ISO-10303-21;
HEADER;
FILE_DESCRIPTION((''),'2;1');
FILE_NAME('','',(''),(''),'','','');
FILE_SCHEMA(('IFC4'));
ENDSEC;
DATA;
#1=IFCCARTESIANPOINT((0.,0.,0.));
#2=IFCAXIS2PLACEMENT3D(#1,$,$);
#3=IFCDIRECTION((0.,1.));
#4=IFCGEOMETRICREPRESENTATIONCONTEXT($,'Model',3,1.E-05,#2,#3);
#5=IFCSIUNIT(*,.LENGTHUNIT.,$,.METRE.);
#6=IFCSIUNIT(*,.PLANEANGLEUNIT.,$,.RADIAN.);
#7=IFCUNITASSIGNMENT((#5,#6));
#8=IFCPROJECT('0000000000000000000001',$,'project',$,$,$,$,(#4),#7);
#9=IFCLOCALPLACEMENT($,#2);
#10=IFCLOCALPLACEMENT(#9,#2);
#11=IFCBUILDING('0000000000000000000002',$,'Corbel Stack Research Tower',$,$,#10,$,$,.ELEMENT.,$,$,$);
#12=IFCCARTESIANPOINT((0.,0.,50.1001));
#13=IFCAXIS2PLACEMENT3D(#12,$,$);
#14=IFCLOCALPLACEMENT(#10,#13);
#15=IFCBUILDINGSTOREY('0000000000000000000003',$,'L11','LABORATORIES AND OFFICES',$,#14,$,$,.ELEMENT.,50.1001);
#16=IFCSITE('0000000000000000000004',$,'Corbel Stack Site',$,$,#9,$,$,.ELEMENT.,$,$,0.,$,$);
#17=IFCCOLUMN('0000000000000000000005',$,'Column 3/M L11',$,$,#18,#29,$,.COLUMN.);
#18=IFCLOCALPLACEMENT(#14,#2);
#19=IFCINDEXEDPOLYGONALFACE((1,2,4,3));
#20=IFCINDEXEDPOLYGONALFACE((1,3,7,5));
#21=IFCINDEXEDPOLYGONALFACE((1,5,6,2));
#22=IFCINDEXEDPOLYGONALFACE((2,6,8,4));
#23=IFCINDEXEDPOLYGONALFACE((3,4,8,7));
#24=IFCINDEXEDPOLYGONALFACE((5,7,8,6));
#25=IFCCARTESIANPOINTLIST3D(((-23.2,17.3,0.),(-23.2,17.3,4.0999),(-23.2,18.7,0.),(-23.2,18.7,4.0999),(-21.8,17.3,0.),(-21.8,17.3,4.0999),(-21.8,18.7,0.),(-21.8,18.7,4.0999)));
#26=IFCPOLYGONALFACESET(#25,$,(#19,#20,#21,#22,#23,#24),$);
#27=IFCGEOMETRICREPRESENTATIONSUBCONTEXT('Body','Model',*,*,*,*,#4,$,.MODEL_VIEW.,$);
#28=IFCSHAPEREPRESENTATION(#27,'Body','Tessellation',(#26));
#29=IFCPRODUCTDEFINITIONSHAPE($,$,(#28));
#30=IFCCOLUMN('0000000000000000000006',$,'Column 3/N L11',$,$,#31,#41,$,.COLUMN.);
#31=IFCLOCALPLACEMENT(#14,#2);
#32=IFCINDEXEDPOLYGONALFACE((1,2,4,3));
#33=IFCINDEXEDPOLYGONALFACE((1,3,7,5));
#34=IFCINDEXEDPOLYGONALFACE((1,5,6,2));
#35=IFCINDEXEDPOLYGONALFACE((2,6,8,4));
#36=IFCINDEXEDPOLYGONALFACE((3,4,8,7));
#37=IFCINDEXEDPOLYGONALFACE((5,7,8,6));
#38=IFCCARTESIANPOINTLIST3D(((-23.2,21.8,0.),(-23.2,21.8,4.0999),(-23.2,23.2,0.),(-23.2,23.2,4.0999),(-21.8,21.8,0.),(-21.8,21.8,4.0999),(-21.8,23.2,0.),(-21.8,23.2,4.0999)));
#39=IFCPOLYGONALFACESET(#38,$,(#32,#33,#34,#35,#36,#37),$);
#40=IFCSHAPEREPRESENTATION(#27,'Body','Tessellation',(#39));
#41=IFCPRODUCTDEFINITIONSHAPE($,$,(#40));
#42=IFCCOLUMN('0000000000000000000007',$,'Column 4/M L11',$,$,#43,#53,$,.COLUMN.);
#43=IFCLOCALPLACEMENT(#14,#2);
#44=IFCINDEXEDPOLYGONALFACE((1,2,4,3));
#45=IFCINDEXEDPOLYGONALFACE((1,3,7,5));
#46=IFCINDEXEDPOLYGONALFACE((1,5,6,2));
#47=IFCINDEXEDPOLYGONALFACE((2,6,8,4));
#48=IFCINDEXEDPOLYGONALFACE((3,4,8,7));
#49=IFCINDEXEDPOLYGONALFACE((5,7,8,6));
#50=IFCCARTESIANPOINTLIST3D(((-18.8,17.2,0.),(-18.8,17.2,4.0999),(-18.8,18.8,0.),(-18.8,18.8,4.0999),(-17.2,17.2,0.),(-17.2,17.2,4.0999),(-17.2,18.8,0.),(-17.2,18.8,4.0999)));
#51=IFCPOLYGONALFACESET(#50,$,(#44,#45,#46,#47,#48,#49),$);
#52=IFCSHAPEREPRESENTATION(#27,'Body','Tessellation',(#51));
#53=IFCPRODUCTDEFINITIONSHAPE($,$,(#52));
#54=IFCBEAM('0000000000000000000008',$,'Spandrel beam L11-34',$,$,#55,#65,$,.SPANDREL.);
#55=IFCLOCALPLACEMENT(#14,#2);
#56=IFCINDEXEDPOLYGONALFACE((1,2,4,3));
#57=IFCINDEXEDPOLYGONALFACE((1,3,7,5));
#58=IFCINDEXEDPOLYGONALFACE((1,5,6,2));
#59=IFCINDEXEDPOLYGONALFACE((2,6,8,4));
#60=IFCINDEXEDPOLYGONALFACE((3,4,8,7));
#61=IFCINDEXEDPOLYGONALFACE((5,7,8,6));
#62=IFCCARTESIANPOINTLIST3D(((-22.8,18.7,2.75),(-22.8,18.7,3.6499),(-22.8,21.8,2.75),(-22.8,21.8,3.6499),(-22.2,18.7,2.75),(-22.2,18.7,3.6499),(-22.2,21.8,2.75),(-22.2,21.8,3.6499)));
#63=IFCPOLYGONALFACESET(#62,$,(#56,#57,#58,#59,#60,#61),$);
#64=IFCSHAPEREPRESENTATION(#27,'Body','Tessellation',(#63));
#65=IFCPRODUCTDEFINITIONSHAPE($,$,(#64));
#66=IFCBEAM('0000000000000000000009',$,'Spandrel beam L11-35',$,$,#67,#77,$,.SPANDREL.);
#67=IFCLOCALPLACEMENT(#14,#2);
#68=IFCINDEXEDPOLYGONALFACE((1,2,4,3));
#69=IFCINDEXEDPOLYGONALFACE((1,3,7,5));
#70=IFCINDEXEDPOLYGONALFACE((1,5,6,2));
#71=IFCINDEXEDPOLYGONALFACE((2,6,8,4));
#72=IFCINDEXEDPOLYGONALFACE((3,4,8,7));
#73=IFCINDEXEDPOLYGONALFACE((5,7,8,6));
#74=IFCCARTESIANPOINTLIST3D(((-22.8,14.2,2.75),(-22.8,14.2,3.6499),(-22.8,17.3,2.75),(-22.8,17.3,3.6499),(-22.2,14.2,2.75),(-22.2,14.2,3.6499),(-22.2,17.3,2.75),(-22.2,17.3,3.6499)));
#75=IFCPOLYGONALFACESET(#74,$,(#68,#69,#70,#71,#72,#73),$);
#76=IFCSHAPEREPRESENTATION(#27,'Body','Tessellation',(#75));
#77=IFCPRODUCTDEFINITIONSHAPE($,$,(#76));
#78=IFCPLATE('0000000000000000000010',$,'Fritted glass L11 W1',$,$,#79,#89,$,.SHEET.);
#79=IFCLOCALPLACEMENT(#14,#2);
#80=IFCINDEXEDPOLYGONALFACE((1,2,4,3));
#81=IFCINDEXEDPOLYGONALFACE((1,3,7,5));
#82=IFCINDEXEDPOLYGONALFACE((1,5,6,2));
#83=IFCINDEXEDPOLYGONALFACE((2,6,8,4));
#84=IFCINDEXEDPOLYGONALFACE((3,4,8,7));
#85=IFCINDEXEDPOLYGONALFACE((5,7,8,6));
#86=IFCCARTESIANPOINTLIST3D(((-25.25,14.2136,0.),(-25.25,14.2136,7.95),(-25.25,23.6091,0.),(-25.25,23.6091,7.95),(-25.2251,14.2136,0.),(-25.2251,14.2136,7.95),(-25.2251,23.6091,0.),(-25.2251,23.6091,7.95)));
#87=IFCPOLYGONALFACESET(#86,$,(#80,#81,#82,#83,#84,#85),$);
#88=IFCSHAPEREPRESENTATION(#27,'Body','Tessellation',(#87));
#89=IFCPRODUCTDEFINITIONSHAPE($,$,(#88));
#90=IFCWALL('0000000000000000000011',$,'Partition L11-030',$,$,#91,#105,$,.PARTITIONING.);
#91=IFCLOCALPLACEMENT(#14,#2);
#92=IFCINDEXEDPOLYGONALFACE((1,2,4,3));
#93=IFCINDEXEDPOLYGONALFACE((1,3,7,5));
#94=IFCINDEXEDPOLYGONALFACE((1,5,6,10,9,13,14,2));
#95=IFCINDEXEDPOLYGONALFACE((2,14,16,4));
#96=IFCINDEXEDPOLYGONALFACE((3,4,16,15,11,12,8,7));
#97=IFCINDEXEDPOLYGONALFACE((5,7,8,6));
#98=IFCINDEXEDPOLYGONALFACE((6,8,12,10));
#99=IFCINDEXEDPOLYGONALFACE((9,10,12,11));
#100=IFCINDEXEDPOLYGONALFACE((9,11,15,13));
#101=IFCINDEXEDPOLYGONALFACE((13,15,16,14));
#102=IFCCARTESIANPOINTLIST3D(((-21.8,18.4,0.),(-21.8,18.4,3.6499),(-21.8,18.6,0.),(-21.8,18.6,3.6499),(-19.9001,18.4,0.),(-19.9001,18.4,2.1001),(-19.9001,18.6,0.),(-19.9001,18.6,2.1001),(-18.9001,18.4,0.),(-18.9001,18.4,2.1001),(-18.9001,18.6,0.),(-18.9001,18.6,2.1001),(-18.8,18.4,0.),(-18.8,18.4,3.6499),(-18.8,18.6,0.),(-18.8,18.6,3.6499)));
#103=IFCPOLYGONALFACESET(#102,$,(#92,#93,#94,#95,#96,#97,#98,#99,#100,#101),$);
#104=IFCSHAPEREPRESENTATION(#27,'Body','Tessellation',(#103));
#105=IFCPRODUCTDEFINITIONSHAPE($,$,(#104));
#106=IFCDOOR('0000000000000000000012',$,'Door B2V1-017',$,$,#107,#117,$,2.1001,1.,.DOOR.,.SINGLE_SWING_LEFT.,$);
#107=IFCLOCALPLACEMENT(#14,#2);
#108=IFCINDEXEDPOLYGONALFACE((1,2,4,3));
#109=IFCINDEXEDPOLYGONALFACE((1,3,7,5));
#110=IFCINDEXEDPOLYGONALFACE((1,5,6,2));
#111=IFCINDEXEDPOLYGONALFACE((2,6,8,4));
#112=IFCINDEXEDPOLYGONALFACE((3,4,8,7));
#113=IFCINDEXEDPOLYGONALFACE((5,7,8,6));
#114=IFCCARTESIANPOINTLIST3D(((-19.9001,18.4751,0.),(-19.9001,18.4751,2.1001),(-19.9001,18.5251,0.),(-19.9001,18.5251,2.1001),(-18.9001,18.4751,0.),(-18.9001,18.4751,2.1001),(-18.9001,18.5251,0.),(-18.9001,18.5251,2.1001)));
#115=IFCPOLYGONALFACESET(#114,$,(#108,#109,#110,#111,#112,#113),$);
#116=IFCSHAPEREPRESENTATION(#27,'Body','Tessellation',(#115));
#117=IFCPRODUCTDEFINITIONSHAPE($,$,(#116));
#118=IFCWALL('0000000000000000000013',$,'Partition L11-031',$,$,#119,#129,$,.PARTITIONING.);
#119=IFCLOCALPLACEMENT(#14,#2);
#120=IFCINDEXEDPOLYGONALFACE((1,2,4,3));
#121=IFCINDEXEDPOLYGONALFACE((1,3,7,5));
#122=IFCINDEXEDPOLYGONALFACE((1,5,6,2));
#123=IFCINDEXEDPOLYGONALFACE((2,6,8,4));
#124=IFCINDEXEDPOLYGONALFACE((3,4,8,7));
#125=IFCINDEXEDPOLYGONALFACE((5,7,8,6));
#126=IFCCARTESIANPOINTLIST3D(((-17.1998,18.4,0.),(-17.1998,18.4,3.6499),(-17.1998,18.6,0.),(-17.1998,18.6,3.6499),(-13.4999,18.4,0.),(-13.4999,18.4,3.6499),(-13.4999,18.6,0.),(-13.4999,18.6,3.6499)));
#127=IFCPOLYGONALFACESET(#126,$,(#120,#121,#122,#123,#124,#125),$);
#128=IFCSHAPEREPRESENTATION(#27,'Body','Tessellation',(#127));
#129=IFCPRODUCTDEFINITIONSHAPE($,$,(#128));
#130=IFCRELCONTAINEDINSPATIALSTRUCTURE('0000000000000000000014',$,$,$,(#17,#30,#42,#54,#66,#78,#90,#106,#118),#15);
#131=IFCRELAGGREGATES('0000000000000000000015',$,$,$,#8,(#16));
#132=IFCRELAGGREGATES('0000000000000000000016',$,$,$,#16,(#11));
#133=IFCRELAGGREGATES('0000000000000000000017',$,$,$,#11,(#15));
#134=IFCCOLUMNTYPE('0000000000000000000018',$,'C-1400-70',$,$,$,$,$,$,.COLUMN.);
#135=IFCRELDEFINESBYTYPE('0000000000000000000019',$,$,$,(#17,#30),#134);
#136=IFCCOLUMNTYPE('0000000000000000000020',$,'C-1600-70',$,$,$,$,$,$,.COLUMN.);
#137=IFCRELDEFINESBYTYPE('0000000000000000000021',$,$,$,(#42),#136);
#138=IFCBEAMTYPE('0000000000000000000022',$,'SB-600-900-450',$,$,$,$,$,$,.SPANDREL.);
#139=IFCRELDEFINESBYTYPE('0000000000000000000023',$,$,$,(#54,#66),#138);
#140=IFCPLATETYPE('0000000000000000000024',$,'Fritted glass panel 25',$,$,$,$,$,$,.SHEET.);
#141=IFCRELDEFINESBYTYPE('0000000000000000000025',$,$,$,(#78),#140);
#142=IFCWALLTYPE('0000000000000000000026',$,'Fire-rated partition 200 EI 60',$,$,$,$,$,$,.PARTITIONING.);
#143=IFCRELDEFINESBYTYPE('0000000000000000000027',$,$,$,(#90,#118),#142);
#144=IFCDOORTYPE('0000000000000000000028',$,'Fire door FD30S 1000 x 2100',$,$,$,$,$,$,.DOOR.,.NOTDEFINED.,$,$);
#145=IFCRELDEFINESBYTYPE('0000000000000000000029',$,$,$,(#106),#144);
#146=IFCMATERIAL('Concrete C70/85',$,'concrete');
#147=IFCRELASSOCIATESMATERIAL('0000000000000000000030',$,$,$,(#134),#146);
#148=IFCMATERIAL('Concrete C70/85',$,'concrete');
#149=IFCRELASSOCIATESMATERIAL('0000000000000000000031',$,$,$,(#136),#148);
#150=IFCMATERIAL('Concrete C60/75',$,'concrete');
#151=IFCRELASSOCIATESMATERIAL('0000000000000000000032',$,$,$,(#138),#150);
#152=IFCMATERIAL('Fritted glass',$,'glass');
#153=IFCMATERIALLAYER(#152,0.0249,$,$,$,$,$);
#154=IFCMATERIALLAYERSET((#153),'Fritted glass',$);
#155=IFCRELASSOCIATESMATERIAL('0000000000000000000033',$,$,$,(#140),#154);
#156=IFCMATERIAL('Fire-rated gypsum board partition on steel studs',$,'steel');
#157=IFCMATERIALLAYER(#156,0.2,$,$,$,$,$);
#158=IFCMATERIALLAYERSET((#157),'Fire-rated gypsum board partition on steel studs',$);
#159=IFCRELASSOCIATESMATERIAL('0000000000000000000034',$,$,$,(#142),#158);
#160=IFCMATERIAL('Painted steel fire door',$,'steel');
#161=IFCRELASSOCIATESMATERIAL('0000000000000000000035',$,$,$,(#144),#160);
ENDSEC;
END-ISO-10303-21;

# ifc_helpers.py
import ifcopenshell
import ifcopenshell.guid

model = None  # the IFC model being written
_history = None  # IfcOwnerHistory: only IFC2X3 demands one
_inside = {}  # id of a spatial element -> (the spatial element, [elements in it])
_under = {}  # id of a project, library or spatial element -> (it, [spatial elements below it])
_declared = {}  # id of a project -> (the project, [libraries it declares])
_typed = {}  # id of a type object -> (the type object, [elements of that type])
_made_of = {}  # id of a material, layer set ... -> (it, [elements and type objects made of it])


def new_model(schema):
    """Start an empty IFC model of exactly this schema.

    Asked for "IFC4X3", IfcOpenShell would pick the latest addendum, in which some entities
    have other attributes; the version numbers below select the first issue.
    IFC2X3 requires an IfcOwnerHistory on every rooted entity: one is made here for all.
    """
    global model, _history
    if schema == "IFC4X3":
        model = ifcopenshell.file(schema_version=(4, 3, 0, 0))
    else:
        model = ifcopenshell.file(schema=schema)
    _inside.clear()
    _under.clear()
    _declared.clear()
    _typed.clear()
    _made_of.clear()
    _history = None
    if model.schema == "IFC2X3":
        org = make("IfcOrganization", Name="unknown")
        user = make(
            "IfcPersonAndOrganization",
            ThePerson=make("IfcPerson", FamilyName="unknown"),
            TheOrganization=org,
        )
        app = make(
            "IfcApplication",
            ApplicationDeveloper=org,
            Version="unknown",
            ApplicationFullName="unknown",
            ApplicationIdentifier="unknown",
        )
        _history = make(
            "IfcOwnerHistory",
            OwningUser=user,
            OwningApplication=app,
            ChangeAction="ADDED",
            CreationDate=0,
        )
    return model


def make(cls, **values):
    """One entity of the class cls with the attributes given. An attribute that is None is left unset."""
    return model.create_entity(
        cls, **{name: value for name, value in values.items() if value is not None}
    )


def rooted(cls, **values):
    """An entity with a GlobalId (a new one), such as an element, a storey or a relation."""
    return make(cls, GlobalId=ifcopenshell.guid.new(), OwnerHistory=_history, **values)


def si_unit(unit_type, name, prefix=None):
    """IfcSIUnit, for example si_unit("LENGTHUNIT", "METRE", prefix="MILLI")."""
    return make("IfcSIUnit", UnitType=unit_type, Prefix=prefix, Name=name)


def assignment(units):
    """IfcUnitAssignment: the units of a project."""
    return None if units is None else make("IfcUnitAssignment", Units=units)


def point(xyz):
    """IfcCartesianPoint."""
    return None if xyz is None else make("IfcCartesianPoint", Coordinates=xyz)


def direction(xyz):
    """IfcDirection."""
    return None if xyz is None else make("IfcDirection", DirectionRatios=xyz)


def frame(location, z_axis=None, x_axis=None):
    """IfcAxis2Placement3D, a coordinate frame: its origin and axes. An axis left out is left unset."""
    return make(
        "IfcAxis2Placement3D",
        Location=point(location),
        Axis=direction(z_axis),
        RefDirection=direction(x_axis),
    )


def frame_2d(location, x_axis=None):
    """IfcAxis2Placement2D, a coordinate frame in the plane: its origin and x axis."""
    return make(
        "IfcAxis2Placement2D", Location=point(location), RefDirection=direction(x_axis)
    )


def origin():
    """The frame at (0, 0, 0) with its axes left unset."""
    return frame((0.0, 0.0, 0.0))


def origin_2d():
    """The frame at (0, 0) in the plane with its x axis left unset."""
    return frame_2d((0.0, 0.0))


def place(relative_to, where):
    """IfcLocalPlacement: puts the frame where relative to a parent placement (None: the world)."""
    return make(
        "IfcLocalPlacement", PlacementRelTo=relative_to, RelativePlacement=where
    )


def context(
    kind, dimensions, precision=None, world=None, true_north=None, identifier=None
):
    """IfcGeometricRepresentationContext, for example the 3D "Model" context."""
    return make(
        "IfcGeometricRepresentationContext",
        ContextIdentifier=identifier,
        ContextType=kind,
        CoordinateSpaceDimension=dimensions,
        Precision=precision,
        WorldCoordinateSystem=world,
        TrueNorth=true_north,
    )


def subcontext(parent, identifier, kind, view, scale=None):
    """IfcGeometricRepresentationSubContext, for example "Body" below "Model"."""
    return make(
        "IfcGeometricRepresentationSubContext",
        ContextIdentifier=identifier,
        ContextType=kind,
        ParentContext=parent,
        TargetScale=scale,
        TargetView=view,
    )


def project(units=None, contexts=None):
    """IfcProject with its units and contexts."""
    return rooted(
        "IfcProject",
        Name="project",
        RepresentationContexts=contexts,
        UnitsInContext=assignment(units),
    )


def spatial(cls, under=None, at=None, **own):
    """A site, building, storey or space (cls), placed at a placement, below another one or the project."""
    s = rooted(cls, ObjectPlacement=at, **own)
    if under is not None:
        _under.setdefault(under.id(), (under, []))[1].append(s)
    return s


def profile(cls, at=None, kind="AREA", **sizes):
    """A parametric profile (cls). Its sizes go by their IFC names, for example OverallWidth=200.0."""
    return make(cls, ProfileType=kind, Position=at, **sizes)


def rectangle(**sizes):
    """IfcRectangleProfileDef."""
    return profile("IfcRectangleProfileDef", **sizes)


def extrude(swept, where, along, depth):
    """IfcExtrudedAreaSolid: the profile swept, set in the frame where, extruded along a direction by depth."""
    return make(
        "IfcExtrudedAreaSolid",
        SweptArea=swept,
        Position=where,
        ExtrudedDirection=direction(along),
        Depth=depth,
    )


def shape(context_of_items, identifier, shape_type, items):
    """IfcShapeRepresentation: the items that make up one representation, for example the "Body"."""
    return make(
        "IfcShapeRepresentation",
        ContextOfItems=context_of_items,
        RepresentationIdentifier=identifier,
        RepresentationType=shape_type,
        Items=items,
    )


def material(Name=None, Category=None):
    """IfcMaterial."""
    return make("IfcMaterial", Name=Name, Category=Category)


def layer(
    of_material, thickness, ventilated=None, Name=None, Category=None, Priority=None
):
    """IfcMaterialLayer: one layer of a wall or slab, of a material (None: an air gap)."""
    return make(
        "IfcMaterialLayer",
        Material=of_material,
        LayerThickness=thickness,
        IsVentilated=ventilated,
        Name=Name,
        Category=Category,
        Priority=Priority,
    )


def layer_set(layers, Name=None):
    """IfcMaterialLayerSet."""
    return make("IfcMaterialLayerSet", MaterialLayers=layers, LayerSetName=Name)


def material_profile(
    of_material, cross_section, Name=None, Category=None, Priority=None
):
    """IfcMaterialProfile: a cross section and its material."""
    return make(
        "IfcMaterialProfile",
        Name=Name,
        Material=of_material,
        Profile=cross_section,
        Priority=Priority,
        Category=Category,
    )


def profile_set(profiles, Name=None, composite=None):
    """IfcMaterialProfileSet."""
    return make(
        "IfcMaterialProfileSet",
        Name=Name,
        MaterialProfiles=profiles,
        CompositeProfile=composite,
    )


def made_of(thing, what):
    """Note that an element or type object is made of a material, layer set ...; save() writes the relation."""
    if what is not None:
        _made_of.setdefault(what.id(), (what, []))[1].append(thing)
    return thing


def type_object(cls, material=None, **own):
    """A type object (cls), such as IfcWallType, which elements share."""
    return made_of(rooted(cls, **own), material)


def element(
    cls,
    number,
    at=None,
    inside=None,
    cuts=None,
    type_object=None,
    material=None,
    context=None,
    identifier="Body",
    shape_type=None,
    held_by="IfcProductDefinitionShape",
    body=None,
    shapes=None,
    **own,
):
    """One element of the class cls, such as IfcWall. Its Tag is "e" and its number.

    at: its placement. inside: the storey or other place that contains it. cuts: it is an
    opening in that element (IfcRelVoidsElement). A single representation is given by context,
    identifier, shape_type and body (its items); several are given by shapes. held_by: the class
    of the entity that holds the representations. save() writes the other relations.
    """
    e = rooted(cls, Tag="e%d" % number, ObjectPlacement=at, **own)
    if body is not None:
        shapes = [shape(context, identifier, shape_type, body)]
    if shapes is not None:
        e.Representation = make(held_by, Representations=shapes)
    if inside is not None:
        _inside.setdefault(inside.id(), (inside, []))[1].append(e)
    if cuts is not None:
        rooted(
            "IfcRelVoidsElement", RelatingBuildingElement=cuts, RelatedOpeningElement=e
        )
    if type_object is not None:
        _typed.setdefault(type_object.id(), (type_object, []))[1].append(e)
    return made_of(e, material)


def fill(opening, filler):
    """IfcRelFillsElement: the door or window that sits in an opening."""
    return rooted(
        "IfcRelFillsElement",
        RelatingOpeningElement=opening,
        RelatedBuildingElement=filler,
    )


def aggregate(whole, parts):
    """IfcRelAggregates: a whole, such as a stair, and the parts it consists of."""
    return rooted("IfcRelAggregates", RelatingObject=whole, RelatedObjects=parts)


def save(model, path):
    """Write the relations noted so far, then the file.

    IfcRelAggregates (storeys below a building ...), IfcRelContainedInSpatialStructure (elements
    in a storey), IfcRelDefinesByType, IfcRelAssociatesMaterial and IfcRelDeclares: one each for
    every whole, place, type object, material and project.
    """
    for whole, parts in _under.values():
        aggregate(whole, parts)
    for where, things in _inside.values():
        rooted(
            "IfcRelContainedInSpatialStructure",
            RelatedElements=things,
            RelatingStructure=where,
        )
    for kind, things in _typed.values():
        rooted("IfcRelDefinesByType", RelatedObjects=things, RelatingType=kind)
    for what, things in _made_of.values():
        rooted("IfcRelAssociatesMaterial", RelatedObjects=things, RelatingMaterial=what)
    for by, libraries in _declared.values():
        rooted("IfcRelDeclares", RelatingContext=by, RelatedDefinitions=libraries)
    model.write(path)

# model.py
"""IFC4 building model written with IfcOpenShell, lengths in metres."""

from ifc_helpers import new_model, si_unit, direction, frame, frame_2d, origin, origin_2d, place, context, subcontext, project, spatial, rectangle, extrude, material, layer, layer_set, material_profile, profile_set, type_object, element, fill, save


model = new_model("IFC4")

# Units and contexts
model_context = context("Model", 3, precision=1e-05, world=origin(), true_north=direction((0.0, 1.0)))
body_context = subcontext(model_context, "Body", "Model", "MODEL_VIEW")
ifc_project = project(units=[si_unit("LENGTHUNIT", "METRE"), si_unit("PLANEANGLEUNIT", "RADIAN")], contexts=[model_context])

# Site, building, storey
site_placement = place(None, origin())
site = spatial("IfcSite", under=ifc_project, at=site_placement, Name="Corbel Stack Site", CompositionType="ELEMENT", RefElevation=0.0)
building_placement = place(site_placement, origin())
building = spatial("IfcBuilding", under=site, at=building_placement, Name="Corbel Stack Research Tower", CompositionType="ELEMENT")
storey_placement = place(building_placement, frame((0.0, 0.0, 50.1001)))
storey = spatial("IfcBuildingStorey", under=building, at=storey_placement, Name="L11", Description="LABORATORIES AND OFFICES", CompositionType="ELEMENT", Elevation=50.1001)

# Columns
ifc_material_1 = material(Name="Concrete C70/85", Category="concrete")
ifc_material_profile_1 = material_profile(ifc_material_1, rectangle(XDim=1.3999, YDim=1.3999, at=origin_2d()), Name="RC 1400 x 1400")
ifc_profile_set_1 = profile_set([ifc_material_profile_1], Name="Concrete C70/85")
column_type_1 = type_object("IfcColumnType", Name="C-1400-70", PredefinedType="COLUMN", material=ifc_profile_set_1)
for number, where, z_axis, x_axis, name in (
    (1, (-22.5, 18.0, 0.0), (0.0, 0.0, 1.0), (1.0, 0.0, 0.0), "Column 3/M L11"),
    (2, (-22.5, 22.5, 0.0), (0.0, 0.0, 1.0), (1.0, 0.0, 0.0), "Column 3/N L11"),
):
    element("IfcColumn", number, at=place(storey_placement, frame(where, z_axis=z_axis, x_axis=x_axis)), inside=storey, type_object=column_type_1, Name=name, PredefinedType="COLUMN", context=body_context, shape_type="SweptSolid", body=[
        extrude(rectangle(XDim=1.3999, YDim=1.3999, at=origin_2d()), origin(), (0.0, 0.0, 1.0), 4.0999),
    ])
ifc_material_2 = material(Name="Concrete C70/85", Category="concrete")
ifc_material_profile_2 = material_profile(ifc_material_2, rectangle(XDim=1.6001, YDim=1.6001, at=origin_2d()), Name="RC 1600 x 1600")
ifc_profile_set_2 = profile_set([ifc_material_profile_2], Name="Concrete C70/85")
column_type_2 = type_object("IfcColumnType", Name="C-1600-70", PredefinedType="COLUMN", material=ifc_profile_set_2)
column_placement = place(storey_placement, frame((-18.0, 18.0, 0.0), z_axis=(0.0, 0.0, 1.0), x_axis=(1.0, 0.0, 0.0)))
element("IfcColumn", 3, at=column_placement, inside=storey, type_object=column_type_2, Name="Column 4/M L11", PredefinedType="COLUMN", context=body_context, shape_type="SweptSolid", body=[
    extrude(rectangle(XDim=1.6001, YDim=1.6001, at=origin_2d()), origin(), (0.0, 0.0, 1.0), 4.0999),
])

# Beams
ifc_material_3 = material(Name="Concrete C60/75", Category="concrete")
ifc_material_profile_3 = material_profile(ifc_material_3, rectangle(XDim=0.6001, YDim=0.8999, at=origin_2d()), Name="RC 600 x 900")
ifc_profile_set_3 = profile_set([ifc_material_profile_3], Name="Concrete C60/75")
beam_type = type_object("IfcBeamType", Name="SB-600-900-450", PredefinedType="SPANDREL", material=ifc_profile_set_3)
for number, where, z_axis, x_axis, name in (
    (4, (-22.5, 21.8, 3.2), (0.0, -1.0, 0.0), (1.0, 0.0, 0.0), "Spandrel beam L11-34"),
    (5, (-22.5, 17.3, 3.2), (0.0, -1.0, 0.0), (1.0, 0.0, 0.0), "Spandrel beam L11-35"),
):
    element("IfcBeam", number, at=place(storey_placement, frame(where, z_axis=z_axis, x_axis=x_axis)), inside=storey, type_object=beam_type, Name=name, PredefinedType="SPANDREL", context=body_context, shape_type="SweptSolid", body=[
        extrude(rectangle(XDim=0.6001, YDim=0.8999, at=origin_2d()), origin(), (0.0, 0.0, 1.0), 3.1001),
    ])

# Plate
ifc_material_4 = material(Name="Fritted glass", Category="glass")
ifc_layer_1 = layer(ifc_material_4, 0.0249)
ifc_layer_set_1 = layer_set([ifc_layer_1], Name="Fritted glass")
plate_type = type_object("IfcPlateType", Name="Fritted glass panel 25", PredefinedType="SHEET", material=ifc_layer_set_1)
plate_placement = place(storey_placement, frame((-25.2375, 18.9114, 0.0), z_axis=(0.0, 0.0, 1.0), x_axis=(0.0, -1.0, 0.0)))
element("IfcPlate", 6, at=plate_placement, inside=storey, type_object=plate_type, Name="Fritted glass L11 W1", PredefinedType="SHEET", context=body_context, shape_type="SweptSolid", body=[
    extrude(rectangle(XDim=9.3955, YDim=0.0249, at=origin_2d()), origin(), (0.0, 0.0, 1.0), 7.95),
])

# Wall, opening, door
ifc_material_5 = material(Name="Fire-rated gypsum board partition on steel studs", Category="steel")
ifc_layer_2 = layer(ifc_material_5, 0.2)
ifc_layer_set_2 = layer_set([ifc_layer_2], Name="Fire-rated gypsum board partition on steel studs")
wall_type_1 = type_object("IfcWallType", Name="Fire-rated partition 200 EI 60", PredefinedType="PARTITIONING", material=ifc_layer_set_2)
wall_1_placement = place(storey_placement, frame((-18.8, 18.5, 0.0), z_axis=(0.0, 0.0, 1.0), x_axis=(-1.0, 0.0, 0.0)))
wall_1 = element("IfcWall", 7, at=wall_1_placement, inside=storey, type_object=wall_type_1, Name="Partition L11-030", PredefinedType="PARTITIONING", context=body_context, shape_type="SweptSolid", body=[
    extrude(rectangle(XDim=3.0, YDim=0.2, at=frame_2d((1.5, 0.0))), origin(), (0.0, 0.0, 1.0), 3.6499),
])
opening_1_placement = place(wall_1_placement, frame((0.1001, 0.0, 0.0)))
opening_1 = element("IfcOpeningElement", 8, at=opening_1_placement, cuts=wall_1, PredefinedType="OPENING", context=body_context, shape_type="SweptSolid", body=[
    extrude(rectangle(XDim=1.0, YDim=2.1001, at=frame_2d((0.5, 1.05))), frame((0.0, 0.1099, 0.0), z_axis=(0.0, -1.0, 0.0), x_axis=(1.0, 0.0, 0.0)), (0.0, 0.0, 1.0), 0.22),
])
ifc_material_6 = material(Name="Painted steel fire door", Category="steel")
door_type_1 = type_object("IfcDoorType", Name="Fire door FD30S 1000 x 2100", OperationType="NOTDEFINED", PredefinedType="DOOR", material=ifc_material_6)
door_1_placement = place(opening_1_placement, origin())
door_1 = element("IfcDoor", 9, at=door_1_placement, inside=storey, type_object=door_type_1, Name="Door B2V1-017", OperationType="SINGLE_SWING_LEFT", OverallHeight=2.1001, OverallWidth=1.0, PredefinedType="DOOR", context=body_context, shape_type="SweptSolid", body=[
    extrude(rectangle(XDim=1.0, YDim=2.1001, at=frame_2d((0.5, 1.05))), frame((0.0, 0.0249, 0.0), z_axis=(0.0, -1.0, 0.0), x_axis=(1.0, 0.0, 0.0)), (0.0, 0.0, 1.0), 0.05),
])
fill(opening_1, door_1)

# Wall
wall_2_placement = place(storey_placement, frame((-17.2, 18.5, 0.0), z_axis=(0.0, 0.0, 1.0), x_axis=(1.0, 0.0, 0.0)))
element("IfcWall", 10, at=wall_2_placement, inside=storey, type_object=wall_type_1, Name="Partition L11-031", PredefinedType="PARTITIONING", context=body_context, shape_type="SweptSolid", body=[
    extrude(rectangle(XDim=3.7, YDim=0.2, at=frame_2d((1.8501, 0.0))), origin(), (0.0, 0.0, 1.0), 3.6499),
])

save(model, "model.ifc")
